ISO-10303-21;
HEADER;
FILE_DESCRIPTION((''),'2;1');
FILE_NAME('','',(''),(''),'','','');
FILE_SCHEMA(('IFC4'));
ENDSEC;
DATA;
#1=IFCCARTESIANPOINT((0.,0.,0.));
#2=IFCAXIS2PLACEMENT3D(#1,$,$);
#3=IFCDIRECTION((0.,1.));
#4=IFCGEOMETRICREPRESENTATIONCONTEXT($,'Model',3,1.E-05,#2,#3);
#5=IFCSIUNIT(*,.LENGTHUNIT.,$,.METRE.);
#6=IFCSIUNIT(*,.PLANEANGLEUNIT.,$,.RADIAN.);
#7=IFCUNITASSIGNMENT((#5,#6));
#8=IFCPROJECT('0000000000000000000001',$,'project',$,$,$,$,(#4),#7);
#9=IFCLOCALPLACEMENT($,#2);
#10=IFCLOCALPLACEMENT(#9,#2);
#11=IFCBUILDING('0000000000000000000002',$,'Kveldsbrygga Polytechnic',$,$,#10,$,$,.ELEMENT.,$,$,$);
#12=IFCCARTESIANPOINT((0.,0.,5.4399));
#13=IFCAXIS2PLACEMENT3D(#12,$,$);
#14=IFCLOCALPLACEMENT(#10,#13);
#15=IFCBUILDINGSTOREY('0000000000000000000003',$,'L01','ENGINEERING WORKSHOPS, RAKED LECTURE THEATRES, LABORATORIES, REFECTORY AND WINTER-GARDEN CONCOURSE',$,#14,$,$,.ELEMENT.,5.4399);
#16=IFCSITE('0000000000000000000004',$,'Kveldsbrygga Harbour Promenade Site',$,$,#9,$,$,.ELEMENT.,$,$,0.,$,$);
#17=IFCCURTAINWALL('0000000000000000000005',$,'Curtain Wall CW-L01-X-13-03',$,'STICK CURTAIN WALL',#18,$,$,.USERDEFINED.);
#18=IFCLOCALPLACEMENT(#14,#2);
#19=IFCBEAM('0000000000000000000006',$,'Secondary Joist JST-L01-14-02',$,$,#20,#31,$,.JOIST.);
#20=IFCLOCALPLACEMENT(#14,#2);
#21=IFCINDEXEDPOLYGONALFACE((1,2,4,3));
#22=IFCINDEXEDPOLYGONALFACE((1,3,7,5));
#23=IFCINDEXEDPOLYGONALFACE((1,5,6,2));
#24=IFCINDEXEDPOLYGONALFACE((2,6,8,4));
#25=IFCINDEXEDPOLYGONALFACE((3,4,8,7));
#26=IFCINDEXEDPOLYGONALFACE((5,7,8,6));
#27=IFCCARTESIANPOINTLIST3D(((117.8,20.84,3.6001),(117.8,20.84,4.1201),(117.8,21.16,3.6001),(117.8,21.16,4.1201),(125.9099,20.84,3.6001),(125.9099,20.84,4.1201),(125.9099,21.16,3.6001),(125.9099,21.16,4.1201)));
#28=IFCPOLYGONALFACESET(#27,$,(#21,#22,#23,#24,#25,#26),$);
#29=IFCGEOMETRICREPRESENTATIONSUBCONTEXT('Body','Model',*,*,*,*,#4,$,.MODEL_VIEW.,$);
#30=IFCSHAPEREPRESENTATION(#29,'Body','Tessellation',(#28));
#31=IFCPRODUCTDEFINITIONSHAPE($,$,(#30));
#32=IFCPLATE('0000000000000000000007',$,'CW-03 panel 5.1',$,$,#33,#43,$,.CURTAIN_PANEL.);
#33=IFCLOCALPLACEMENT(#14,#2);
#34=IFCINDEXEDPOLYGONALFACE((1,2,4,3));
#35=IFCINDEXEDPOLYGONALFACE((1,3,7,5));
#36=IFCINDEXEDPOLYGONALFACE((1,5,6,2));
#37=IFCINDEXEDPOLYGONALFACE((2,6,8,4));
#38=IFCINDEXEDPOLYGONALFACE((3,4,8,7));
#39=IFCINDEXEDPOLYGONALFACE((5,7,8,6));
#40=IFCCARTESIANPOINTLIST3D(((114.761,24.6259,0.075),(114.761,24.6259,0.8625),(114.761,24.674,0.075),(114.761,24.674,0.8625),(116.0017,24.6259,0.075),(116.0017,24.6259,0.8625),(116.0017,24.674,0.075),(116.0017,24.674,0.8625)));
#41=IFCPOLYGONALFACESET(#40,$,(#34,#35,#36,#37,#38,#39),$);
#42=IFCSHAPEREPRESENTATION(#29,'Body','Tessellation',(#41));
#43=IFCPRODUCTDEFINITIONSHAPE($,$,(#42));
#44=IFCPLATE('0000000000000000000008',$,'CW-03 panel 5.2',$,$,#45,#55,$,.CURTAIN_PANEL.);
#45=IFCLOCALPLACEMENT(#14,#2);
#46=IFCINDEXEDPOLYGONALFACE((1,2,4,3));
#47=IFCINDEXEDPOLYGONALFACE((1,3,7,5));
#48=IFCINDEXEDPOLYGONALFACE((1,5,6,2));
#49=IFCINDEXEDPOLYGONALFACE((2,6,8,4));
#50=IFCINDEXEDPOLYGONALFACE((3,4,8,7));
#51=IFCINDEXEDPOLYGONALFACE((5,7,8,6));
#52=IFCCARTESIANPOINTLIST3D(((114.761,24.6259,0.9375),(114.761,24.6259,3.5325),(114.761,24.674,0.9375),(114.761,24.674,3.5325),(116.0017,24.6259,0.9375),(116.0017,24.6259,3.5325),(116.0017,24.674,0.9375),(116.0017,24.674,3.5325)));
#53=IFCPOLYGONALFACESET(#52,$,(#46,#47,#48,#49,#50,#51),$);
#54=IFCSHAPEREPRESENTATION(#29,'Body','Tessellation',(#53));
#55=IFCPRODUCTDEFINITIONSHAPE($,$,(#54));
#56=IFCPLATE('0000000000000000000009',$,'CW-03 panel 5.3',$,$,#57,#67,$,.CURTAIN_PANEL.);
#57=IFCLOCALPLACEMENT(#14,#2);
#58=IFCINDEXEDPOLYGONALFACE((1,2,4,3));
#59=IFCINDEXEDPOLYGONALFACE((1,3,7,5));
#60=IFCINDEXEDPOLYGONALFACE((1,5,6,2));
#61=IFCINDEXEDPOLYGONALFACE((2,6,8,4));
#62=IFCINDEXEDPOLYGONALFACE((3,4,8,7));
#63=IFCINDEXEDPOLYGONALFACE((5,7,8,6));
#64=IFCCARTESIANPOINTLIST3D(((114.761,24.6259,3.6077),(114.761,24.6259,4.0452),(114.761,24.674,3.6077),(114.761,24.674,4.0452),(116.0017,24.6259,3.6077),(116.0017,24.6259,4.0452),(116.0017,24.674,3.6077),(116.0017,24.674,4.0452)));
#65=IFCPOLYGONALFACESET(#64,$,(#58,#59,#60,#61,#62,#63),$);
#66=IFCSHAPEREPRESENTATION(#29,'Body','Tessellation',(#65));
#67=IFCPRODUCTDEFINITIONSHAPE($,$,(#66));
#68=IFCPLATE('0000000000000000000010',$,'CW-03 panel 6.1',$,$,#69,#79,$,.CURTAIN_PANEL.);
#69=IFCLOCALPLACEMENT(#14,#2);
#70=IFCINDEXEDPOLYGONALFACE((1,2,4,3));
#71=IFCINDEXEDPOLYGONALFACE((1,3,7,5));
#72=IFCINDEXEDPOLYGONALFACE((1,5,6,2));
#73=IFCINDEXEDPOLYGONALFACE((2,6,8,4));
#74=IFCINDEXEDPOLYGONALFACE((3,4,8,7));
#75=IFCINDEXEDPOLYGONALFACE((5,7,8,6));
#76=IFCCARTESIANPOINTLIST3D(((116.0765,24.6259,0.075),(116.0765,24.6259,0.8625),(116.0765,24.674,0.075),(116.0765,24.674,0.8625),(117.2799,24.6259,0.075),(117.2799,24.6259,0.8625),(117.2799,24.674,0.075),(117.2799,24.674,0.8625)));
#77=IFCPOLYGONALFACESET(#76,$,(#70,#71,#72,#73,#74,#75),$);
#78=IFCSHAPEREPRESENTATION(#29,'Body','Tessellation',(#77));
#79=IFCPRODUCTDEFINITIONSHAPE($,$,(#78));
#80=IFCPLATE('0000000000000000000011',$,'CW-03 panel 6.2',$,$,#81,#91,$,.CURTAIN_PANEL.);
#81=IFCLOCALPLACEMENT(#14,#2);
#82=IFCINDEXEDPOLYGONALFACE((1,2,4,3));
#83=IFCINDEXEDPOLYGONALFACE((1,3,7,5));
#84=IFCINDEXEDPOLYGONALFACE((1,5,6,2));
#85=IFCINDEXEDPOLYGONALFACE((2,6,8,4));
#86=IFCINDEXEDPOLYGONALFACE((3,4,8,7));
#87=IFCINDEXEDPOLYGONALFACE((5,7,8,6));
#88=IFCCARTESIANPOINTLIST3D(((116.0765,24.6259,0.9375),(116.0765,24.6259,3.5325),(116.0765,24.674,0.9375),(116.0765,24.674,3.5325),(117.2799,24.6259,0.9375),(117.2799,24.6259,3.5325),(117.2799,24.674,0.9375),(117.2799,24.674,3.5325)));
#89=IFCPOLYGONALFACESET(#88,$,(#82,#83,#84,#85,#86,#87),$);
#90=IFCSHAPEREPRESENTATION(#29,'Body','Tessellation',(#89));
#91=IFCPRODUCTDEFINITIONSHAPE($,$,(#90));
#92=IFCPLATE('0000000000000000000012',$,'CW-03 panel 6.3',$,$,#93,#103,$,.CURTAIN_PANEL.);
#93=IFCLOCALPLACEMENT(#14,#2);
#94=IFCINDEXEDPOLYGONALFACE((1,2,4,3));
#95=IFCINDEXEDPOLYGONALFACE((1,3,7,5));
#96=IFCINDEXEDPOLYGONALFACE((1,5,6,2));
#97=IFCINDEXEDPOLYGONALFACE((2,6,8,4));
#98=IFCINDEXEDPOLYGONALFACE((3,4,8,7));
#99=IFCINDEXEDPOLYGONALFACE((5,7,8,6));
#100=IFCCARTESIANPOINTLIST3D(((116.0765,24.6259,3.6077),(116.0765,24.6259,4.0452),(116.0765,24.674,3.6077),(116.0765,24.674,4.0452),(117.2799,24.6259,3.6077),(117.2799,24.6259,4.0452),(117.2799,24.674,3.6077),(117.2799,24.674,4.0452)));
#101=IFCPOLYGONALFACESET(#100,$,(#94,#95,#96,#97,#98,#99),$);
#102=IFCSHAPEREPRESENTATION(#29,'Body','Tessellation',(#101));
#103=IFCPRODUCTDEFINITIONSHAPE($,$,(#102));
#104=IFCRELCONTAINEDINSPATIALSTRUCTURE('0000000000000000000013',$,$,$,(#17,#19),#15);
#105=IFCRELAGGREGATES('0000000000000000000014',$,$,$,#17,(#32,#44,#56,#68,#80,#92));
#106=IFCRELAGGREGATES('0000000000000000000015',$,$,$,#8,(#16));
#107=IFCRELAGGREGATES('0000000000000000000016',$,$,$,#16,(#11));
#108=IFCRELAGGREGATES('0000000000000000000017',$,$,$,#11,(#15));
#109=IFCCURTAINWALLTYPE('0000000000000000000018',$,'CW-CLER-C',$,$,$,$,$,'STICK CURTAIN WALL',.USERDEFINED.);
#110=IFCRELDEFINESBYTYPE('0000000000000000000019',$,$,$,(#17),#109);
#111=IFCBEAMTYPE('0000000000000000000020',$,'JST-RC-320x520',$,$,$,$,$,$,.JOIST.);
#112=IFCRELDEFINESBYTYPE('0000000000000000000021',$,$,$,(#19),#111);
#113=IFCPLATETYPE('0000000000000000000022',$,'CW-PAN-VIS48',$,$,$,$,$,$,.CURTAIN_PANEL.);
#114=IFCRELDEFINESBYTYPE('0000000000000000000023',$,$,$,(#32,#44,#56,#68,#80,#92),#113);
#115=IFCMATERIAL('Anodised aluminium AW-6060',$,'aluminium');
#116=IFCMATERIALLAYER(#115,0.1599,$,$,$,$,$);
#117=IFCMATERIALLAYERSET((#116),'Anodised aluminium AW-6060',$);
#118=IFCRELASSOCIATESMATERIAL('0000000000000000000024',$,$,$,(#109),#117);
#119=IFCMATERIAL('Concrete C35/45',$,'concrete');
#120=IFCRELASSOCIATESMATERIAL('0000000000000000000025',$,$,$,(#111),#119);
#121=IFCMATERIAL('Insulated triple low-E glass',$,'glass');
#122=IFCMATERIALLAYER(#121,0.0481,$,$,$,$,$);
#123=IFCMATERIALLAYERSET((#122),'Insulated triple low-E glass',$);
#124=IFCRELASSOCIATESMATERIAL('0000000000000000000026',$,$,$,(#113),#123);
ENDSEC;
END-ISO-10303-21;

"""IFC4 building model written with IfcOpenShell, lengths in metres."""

from ifc_helpers import new_model, si_unit, direction, frame, origin, origin_2d, place, context, subcontext, project, spatial, rectangle, extrude, material, layer, layer_set, material_profile, profile_set, type_object, element, aggregate, save


model = new_model("IFC4")

# Units and contexts
model_context = context("Model", 3, precision=1e-05, world=origin(), true_north=direction((0.0, 1.0)))
body_context = subcontext(model_context, "Body", "Model", "MODEL_VIEW")
ifc_project = project(units=[si_unit("LENGTHUNIT", "METRE"), si_unit("PLANEANGLEUNIT", "RADIAN")], contexts=[model_context])

# Site, building, storey
site_placement = place(None, origin())
site = spatial("IfcSite", under=ifc_project, at=site_placement, Name="Kveldsbrygga Harbour Promenade Site", CompositionType="ELEMENT", RefElevation=0.0)
building_placement = place(site_placement, origin())
building = spatial("IfcBuilding", under=site, at=building_placement, Name="Kveldsbrygga Polytechnic", CompositionType="ELEMENT")
storey_placement = place(building_placement, frame((0.0, 0.0, 5.4399)))
storey = spatial("IfcBuildingStorey", under=building, at=storey_placement, Name="L01", Description="ENGINEERING WORKSHOPS, RAKED LECTURE THEATRES, LABORATORIES, REFECTORY AND WINTER-GARDEN CONCOURSE", CompositionType="ELEMENT", Elevation=5.4399)

# Shared definitions
ifc_material_1 = material(Name="Concrete C35/45", Category="concrete")

# Curtain wall
ifc_material_2 = material(Name="Anodised aluminium AW-6060", Category="aluminium")
ifc_layer_1 = layer(ifc_material_2, 0.1599)
ifc_layer_set_1 = layer_set([ifc_layer_1], Name="Anodised aluminium AW-6060")
curtain_wall_type = type_object("IfcCurtainWallType", Name="CW-CLER-C", ElementType="STICK CURTAIN WALL", PredefinedType="USERDEFINED", material=ifc_layer_set_1)
curtain_wall_placement = place(storey_placement, origin())
curtain_wall = element("IfcCurtainWall", 1, at=curtain_wall_placement, inside=storey, type_object=curtain_wall_type, Name="Curtain Wall CW-L01-X-13-03", ObjectType="STICK CURTAIN WALL", PredefinedType="USERDEFINED")

# Beam
ifc_material_profile_1 = material_profile(ifc_material_1, rectangle(XDim=0.3201, YDim=0.52, at=origin_2d()), Name="RC 320x520")
ifc_profile_set_1 = profile_set([ifc_material_profile_1], Name="Concrete C35/45")
beam_type_1 = type_object("IfcBeamType", Name="JST-RC-320x520", PredefinedType="JOIST", material=ifc_profile_set_1)
beam_1_placement = place(storey_placement, frame((117.8, 21.0, 3.8601), z_axis=(1.0, 0.0, 0.0), x_axis=(0.0, 1.0, 0.0)))
element("IfcBeam", 2, at=beam_1_placement, inside=storey, type_object=beam_type_1, Name="Secondary Joist JST-L01-14-02", PredefinedType="JOIST", context=body_context, shape_type="SweptSolid", body=[
    extrude(rectangle(XDim=0.3201, YDim=0.52, at=origin_2d()), origin(), (0.0, 0.0, 1.0), 8.1099),
])

# Plates
ifc_material_3 = material(Name="Insulated triple low-E glass", Category="glass")
ifc_layer_2 = layer(ifc_material_3, 0.0481)
ifc_layer_set_2 = layer_set([ifc_layer_2], Name="Insulated triple low-E glass")
plate_type = type_object("IfcPlateType", Name="CW-PAN-VIS48", PredefinedType="CURTAIN_PANEL", material=ifc_layer_set_2)
plate_1_placement = place(storey_placement, frame((115.3813, 24.6499, 0.075), z_axis=(0.0, 0.0, 1.0), x_axis=(1.0, 0.0, 0.0)))
plate_1 = element("IfcPlate", 3, at=plate_1_placement, type_object=plate_type, Name="CW-03 panel 5.1", PredefinedType="CURTAIN_PANEL", context=body_context, shape_type="SweptSolid", body=[
    extrude(rectangle(XDim=1.2407, YDim=0.0481, at=origin_2d()), origin(), (0.0, 0.0, 1.0), 0.7876),
])
plate_2_placement = place(storey_placement, frame((115.3813, 24.6499, 0.9375), z_axis=(0.0, 0.0, 1.0), x_axis=(1.0, 0.0, 0.0)))
plate_2 = element("IfcPlate", 4, at=plate_2_placement, type_object=plate_type, Name="CW-03 panel 5.2", PredefinedType="CURTAIN_PANEL", context=body_context, shape_type="SweptSolid", body=[
    extrude(rectangle(XDim=1.2407, YDim=0.0481, at=origin_2d()), origin(), (0.0, 0.0, 1.0), 2.595),
])
plate_3_placement = place(storey_placement, frame((115.3813, 24.6499, 3.6077), z_axis=(0.0, 0.0, 1.0), x_axis=(1.0, 0.0, 0.0)))
plate_3 = element("IfcPlate", 5, at=plate_3_placement, type_object=plate_type, Name="CW-03 panel 5.3", PredefinedType="CURTAIN_PANEL", context=body_context, shape_type="SweptSolid", body=[
    extrude(rectangle(XDim=1.2407, YDim=0.0481, at=origin_2d()), origin(), (0.0, 0.0, 1.0), 0.4375),
])
plate_4_placement = place(storey_placement, frame((116.6782, 24.6499, 0.075), z_axis=(0.0, 0.0, 1.0), x_axis=(1.0, 0.0, 0.0)))
plate_4 = element("IfcPlate", 6, at=plate_4_placement, type_object=plate_type, Name="CW-03 panel 6.1", PredefinedType="CURTAIN_PANEL", context=body_context, shape_type="SweptSolid", body=[
    extrude(rectangle(XDim=1.2034, YDim=0.0481, at=origin_2d()), origin(), (0.0, 0.0, 1.0), 0.7876),
])
plate_5_placement = place(storey_placement, frame((116.6782, 24.6499, 0.9375), z_axis=(0.0, 0.0, 1.0), x_axis=(1.0, 0.0, 0.0)))
plate_5 = element("IfcPlate", 7, at=plate_5_placement, type_object=plate_type, Name="CW-03 panel 6.2", PredefinedType="CURTAIN_PANEL", context=body_context, shape_type="SweptSolid", body=[
    extrude(rectangle(XDim=1.2034, YDim=0.0481, at=origin_2d()), origin(), (0.0, 0.0, 1.0), 2.595),
])
plate_6_placement = place(storey_placement, frame((116.6782, 24.6499, 3.6077), z_axis=(0.0, 0.0, 1.0), x_axis=(1.0, 0.0, 0.0)))
plate_6 = element("IfcPlate", 8, at=plate_6_placement, type_object=plate_type, Name="CW-03 panel 6.3", PredefinedType="CURTAIN_PANEL", context=body_context, shape_type="SweptSolid", body=[
    extrude(rectangle(XDim=1.2034, YDim=0.0481, at=origin_2d()), origin(), (0.0, 0.0, 1.0), 0.4375),
])
aggregate(curtain_wall, [plate_1, plate_2, plate_3, plate_4, plate_5, plate_6])

save(model, "model.ifc")
